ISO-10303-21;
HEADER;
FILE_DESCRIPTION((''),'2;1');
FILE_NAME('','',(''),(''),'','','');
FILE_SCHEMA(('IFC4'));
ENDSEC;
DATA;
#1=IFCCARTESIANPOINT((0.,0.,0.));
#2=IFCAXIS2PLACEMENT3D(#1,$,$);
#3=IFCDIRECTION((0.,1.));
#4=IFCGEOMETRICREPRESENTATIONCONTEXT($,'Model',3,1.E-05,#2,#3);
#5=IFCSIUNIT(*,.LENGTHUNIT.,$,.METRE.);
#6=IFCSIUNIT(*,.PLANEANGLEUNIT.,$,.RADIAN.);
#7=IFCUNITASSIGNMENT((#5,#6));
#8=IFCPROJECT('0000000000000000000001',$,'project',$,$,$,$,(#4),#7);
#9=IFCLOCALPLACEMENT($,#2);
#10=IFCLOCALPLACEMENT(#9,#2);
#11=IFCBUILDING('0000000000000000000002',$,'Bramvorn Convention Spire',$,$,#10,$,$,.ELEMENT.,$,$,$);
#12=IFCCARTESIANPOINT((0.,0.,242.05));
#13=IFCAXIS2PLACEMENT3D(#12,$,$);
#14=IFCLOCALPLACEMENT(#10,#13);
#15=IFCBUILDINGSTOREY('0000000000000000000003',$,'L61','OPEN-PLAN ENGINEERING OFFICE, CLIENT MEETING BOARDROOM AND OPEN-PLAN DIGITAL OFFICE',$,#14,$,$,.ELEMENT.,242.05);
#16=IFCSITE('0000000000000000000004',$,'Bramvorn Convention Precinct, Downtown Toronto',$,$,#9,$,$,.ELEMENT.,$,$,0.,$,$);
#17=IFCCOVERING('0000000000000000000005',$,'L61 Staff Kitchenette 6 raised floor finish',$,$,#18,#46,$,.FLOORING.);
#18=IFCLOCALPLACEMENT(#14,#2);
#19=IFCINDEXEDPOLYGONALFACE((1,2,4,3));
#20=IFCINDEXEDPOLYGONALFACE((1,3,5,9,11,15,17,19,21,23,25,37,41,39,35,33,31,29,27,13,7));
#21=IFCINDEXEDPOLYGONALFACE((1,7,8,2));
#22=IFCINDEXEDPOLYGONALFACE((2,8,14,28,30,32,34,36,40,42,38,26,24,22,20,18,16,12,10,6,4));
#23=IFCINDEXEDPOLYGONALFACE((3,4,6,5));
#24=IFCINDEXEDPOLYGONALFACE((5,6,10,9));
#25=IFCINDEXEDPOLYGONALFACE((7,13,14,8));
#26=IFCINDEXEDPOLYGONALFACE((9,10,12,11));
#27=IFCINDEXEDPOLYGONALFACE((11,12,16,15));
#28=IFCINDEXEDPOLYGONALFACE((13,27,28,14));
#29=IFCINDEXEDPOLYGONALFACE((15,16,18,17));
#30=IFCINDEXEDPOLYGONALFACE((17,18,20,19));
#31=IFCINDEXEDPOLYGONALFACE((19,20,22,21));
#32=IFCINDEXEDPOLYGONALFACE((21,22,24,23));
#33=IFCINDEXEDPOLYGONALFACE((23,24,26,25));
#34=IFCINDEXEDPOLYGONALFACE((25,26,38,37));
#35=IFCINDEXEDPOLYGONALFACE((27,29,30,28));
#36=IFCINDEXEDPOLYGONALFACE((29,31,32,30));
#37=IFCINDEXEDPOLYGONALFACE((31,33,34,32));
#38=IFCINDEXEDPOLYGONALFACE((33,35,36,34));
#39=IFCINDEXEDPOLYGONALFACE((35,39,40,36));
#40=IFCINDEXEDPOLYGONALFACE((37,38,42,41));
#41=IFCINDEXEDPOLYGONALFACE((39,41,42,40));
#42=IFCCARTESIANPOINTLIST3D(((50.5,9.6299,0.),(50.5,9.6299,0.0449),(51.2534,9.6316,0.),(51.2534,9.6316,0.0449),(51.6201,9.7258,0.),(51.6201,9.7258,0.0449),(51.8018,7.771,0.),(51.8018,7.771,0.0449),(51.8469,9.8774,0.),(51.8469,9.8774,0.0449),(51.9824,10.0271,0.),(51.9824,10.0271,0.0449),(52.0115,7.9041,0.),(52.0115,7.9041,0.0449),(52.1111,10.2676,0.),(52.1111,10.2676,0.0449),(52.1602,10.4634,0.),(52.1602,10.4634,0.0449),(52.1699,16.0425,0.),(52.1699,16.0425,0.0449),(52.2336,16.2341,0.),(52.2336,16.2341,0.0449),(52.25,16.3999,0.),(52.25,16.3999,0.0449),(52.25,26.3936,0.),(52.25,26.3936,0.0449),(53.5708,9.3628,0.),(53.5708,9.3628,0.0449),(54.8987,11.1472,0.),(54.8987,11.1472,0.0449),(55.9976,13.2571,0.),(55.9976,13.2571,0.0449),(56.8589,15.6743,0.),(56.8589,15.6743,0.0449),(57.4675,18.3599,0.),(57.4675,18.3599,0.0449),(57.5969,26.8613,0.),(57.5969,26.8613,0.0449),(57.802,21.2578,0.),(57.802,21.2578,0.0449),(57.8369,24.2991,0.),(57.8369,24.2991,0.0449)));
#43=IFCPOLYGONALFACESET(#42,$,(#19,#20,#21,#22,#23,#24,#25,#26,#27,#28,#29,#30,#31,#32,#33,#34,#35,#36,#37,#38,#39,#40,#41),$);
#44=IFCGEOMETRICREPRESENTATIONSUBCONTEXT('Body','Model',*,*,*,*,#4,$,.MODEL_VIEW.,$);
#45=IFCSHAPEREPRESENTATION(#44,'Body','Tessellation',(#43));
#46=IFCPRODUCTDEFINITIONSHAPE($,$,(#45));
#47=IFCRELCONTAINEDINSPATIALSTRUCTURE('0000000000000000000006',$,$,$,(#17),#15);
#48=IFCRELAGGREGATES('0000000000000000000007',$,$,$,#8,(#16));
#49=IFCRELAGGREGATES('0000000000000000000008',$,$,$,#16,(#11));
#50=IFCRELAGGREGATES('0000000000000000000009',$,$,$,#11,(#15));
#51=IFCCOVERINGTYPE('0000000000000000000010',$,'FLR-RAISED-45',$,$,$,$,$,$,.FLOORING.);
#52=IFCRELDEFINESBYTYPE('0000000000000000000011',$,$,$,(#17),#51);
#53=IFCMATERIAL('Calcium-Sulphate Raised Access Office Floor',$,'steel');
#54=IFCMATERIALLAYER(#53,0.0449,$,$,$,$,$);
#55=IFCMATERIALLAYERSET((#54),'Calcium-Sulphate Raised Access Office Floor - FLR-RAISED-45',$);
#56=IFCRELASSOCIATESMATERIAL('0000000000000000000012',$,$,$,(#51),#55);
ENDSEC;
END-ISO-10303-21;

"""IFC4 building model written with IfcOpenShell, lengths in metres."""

from ifc_helpers import new_model, si_unit, direction, frame, origin, place, context, subcontext, project, spatial, polyline, outline, extrude, material, layer, layer_set, type_object, element, save


model = new_model("IFC4")

# Units and contexts
model_context = context("Model", 3, precision=1e-05, world=origin(), true_north=direction((0.0, 1.0)))
body_context = subcontext(model_context, "Body", "Model", "MODEL_VIEW")
ifc_project = project(units=[si_unit("LENGTHUNIT", "METRE"), si_unit("PLANEANGLEUNIT", "RADIAN")], contexts=[model_context])

# Site, building, storey
site_placement = place(None, origin())
site = spatial("IfcSite", under=ifc_project, at=site_placement, Name="Bramvorn Convention Precinct, Downtown Toronto", CompositionType="ELEMENT", RefElevation=0.0)
building_placement = place(site_placement, origin())
building = spatial("IfcBuilding", under=site, at=building_placement, Name="Bramvorn Convention Spire", CompositionType="ELEMENT")
storey_placement = place(building_placement, frame((0.0, 0.0, 242.05)))
storey = spatial("IfcBuildingStorey", under=building, at=storey_placement, Name="L61", Description="OPEN-PLAN ENGINEERING OFFICE, CLIENT MEETING BOARDROOM AND OPEN-PLAN DIGITAL OFFICE", CompositionType="ELEMENT", Elevation=242.05)

# Covering
ifc_material_1 = material(Name="Calcium-Sulphate Raised Access Office Floor", Category="steel")
ifc_layer_1 = layer(ifc_material_1, 0.0449)
ifc_layer_set_1 = layer_set([ifc_layer_1], Name="Calcium-Sulphate Raised Access Office Floor - FLR-RAISED-45")
covering_type = type_object("IfcCoveringType", Name="FLR-RAISED-45", PredefinedType="FLOORING", material=ifc_layer_set_1)
covering_1_placement = place(storey_placement, origin())
element("IfcCovering", 1, at=covering_1_placement, inside=storey, type_object=covering_type, Name="L61 Staff Kitchenette 6 raised floor finish", PredefinedType="FLOORING", context=body_context, shape_type="SweptSolid", body=[
    extrude(outline(polyline([(51.8018, 7.771), (52.0115, 7.9041), (53.5708, 9.3628), (54.8987, 11.1472), (55.9976, 13.2571), (56.8589, 15.6743), (57.4675, 18.3599), (57.802, 21.2578), (57.8369, 24.2991), (57.5969, 26.8613), (52.25, 26.3936), (52.25, 16.3999), (52.2336, 16.2341), (52.1699, 16.0425), (52.1602, 10.4634), (52.1111, 10.2676), (51.9824, 10.0271), (51.8469, 9.8774), (51.6201, 9.7258), (51.2534, 9.6316), (50.5, 9.6299), (51.8018, 7.771)])), origin(), (0.0, 0.0, 1.0), 0.0449),
])

save(model, "model.ifc")
